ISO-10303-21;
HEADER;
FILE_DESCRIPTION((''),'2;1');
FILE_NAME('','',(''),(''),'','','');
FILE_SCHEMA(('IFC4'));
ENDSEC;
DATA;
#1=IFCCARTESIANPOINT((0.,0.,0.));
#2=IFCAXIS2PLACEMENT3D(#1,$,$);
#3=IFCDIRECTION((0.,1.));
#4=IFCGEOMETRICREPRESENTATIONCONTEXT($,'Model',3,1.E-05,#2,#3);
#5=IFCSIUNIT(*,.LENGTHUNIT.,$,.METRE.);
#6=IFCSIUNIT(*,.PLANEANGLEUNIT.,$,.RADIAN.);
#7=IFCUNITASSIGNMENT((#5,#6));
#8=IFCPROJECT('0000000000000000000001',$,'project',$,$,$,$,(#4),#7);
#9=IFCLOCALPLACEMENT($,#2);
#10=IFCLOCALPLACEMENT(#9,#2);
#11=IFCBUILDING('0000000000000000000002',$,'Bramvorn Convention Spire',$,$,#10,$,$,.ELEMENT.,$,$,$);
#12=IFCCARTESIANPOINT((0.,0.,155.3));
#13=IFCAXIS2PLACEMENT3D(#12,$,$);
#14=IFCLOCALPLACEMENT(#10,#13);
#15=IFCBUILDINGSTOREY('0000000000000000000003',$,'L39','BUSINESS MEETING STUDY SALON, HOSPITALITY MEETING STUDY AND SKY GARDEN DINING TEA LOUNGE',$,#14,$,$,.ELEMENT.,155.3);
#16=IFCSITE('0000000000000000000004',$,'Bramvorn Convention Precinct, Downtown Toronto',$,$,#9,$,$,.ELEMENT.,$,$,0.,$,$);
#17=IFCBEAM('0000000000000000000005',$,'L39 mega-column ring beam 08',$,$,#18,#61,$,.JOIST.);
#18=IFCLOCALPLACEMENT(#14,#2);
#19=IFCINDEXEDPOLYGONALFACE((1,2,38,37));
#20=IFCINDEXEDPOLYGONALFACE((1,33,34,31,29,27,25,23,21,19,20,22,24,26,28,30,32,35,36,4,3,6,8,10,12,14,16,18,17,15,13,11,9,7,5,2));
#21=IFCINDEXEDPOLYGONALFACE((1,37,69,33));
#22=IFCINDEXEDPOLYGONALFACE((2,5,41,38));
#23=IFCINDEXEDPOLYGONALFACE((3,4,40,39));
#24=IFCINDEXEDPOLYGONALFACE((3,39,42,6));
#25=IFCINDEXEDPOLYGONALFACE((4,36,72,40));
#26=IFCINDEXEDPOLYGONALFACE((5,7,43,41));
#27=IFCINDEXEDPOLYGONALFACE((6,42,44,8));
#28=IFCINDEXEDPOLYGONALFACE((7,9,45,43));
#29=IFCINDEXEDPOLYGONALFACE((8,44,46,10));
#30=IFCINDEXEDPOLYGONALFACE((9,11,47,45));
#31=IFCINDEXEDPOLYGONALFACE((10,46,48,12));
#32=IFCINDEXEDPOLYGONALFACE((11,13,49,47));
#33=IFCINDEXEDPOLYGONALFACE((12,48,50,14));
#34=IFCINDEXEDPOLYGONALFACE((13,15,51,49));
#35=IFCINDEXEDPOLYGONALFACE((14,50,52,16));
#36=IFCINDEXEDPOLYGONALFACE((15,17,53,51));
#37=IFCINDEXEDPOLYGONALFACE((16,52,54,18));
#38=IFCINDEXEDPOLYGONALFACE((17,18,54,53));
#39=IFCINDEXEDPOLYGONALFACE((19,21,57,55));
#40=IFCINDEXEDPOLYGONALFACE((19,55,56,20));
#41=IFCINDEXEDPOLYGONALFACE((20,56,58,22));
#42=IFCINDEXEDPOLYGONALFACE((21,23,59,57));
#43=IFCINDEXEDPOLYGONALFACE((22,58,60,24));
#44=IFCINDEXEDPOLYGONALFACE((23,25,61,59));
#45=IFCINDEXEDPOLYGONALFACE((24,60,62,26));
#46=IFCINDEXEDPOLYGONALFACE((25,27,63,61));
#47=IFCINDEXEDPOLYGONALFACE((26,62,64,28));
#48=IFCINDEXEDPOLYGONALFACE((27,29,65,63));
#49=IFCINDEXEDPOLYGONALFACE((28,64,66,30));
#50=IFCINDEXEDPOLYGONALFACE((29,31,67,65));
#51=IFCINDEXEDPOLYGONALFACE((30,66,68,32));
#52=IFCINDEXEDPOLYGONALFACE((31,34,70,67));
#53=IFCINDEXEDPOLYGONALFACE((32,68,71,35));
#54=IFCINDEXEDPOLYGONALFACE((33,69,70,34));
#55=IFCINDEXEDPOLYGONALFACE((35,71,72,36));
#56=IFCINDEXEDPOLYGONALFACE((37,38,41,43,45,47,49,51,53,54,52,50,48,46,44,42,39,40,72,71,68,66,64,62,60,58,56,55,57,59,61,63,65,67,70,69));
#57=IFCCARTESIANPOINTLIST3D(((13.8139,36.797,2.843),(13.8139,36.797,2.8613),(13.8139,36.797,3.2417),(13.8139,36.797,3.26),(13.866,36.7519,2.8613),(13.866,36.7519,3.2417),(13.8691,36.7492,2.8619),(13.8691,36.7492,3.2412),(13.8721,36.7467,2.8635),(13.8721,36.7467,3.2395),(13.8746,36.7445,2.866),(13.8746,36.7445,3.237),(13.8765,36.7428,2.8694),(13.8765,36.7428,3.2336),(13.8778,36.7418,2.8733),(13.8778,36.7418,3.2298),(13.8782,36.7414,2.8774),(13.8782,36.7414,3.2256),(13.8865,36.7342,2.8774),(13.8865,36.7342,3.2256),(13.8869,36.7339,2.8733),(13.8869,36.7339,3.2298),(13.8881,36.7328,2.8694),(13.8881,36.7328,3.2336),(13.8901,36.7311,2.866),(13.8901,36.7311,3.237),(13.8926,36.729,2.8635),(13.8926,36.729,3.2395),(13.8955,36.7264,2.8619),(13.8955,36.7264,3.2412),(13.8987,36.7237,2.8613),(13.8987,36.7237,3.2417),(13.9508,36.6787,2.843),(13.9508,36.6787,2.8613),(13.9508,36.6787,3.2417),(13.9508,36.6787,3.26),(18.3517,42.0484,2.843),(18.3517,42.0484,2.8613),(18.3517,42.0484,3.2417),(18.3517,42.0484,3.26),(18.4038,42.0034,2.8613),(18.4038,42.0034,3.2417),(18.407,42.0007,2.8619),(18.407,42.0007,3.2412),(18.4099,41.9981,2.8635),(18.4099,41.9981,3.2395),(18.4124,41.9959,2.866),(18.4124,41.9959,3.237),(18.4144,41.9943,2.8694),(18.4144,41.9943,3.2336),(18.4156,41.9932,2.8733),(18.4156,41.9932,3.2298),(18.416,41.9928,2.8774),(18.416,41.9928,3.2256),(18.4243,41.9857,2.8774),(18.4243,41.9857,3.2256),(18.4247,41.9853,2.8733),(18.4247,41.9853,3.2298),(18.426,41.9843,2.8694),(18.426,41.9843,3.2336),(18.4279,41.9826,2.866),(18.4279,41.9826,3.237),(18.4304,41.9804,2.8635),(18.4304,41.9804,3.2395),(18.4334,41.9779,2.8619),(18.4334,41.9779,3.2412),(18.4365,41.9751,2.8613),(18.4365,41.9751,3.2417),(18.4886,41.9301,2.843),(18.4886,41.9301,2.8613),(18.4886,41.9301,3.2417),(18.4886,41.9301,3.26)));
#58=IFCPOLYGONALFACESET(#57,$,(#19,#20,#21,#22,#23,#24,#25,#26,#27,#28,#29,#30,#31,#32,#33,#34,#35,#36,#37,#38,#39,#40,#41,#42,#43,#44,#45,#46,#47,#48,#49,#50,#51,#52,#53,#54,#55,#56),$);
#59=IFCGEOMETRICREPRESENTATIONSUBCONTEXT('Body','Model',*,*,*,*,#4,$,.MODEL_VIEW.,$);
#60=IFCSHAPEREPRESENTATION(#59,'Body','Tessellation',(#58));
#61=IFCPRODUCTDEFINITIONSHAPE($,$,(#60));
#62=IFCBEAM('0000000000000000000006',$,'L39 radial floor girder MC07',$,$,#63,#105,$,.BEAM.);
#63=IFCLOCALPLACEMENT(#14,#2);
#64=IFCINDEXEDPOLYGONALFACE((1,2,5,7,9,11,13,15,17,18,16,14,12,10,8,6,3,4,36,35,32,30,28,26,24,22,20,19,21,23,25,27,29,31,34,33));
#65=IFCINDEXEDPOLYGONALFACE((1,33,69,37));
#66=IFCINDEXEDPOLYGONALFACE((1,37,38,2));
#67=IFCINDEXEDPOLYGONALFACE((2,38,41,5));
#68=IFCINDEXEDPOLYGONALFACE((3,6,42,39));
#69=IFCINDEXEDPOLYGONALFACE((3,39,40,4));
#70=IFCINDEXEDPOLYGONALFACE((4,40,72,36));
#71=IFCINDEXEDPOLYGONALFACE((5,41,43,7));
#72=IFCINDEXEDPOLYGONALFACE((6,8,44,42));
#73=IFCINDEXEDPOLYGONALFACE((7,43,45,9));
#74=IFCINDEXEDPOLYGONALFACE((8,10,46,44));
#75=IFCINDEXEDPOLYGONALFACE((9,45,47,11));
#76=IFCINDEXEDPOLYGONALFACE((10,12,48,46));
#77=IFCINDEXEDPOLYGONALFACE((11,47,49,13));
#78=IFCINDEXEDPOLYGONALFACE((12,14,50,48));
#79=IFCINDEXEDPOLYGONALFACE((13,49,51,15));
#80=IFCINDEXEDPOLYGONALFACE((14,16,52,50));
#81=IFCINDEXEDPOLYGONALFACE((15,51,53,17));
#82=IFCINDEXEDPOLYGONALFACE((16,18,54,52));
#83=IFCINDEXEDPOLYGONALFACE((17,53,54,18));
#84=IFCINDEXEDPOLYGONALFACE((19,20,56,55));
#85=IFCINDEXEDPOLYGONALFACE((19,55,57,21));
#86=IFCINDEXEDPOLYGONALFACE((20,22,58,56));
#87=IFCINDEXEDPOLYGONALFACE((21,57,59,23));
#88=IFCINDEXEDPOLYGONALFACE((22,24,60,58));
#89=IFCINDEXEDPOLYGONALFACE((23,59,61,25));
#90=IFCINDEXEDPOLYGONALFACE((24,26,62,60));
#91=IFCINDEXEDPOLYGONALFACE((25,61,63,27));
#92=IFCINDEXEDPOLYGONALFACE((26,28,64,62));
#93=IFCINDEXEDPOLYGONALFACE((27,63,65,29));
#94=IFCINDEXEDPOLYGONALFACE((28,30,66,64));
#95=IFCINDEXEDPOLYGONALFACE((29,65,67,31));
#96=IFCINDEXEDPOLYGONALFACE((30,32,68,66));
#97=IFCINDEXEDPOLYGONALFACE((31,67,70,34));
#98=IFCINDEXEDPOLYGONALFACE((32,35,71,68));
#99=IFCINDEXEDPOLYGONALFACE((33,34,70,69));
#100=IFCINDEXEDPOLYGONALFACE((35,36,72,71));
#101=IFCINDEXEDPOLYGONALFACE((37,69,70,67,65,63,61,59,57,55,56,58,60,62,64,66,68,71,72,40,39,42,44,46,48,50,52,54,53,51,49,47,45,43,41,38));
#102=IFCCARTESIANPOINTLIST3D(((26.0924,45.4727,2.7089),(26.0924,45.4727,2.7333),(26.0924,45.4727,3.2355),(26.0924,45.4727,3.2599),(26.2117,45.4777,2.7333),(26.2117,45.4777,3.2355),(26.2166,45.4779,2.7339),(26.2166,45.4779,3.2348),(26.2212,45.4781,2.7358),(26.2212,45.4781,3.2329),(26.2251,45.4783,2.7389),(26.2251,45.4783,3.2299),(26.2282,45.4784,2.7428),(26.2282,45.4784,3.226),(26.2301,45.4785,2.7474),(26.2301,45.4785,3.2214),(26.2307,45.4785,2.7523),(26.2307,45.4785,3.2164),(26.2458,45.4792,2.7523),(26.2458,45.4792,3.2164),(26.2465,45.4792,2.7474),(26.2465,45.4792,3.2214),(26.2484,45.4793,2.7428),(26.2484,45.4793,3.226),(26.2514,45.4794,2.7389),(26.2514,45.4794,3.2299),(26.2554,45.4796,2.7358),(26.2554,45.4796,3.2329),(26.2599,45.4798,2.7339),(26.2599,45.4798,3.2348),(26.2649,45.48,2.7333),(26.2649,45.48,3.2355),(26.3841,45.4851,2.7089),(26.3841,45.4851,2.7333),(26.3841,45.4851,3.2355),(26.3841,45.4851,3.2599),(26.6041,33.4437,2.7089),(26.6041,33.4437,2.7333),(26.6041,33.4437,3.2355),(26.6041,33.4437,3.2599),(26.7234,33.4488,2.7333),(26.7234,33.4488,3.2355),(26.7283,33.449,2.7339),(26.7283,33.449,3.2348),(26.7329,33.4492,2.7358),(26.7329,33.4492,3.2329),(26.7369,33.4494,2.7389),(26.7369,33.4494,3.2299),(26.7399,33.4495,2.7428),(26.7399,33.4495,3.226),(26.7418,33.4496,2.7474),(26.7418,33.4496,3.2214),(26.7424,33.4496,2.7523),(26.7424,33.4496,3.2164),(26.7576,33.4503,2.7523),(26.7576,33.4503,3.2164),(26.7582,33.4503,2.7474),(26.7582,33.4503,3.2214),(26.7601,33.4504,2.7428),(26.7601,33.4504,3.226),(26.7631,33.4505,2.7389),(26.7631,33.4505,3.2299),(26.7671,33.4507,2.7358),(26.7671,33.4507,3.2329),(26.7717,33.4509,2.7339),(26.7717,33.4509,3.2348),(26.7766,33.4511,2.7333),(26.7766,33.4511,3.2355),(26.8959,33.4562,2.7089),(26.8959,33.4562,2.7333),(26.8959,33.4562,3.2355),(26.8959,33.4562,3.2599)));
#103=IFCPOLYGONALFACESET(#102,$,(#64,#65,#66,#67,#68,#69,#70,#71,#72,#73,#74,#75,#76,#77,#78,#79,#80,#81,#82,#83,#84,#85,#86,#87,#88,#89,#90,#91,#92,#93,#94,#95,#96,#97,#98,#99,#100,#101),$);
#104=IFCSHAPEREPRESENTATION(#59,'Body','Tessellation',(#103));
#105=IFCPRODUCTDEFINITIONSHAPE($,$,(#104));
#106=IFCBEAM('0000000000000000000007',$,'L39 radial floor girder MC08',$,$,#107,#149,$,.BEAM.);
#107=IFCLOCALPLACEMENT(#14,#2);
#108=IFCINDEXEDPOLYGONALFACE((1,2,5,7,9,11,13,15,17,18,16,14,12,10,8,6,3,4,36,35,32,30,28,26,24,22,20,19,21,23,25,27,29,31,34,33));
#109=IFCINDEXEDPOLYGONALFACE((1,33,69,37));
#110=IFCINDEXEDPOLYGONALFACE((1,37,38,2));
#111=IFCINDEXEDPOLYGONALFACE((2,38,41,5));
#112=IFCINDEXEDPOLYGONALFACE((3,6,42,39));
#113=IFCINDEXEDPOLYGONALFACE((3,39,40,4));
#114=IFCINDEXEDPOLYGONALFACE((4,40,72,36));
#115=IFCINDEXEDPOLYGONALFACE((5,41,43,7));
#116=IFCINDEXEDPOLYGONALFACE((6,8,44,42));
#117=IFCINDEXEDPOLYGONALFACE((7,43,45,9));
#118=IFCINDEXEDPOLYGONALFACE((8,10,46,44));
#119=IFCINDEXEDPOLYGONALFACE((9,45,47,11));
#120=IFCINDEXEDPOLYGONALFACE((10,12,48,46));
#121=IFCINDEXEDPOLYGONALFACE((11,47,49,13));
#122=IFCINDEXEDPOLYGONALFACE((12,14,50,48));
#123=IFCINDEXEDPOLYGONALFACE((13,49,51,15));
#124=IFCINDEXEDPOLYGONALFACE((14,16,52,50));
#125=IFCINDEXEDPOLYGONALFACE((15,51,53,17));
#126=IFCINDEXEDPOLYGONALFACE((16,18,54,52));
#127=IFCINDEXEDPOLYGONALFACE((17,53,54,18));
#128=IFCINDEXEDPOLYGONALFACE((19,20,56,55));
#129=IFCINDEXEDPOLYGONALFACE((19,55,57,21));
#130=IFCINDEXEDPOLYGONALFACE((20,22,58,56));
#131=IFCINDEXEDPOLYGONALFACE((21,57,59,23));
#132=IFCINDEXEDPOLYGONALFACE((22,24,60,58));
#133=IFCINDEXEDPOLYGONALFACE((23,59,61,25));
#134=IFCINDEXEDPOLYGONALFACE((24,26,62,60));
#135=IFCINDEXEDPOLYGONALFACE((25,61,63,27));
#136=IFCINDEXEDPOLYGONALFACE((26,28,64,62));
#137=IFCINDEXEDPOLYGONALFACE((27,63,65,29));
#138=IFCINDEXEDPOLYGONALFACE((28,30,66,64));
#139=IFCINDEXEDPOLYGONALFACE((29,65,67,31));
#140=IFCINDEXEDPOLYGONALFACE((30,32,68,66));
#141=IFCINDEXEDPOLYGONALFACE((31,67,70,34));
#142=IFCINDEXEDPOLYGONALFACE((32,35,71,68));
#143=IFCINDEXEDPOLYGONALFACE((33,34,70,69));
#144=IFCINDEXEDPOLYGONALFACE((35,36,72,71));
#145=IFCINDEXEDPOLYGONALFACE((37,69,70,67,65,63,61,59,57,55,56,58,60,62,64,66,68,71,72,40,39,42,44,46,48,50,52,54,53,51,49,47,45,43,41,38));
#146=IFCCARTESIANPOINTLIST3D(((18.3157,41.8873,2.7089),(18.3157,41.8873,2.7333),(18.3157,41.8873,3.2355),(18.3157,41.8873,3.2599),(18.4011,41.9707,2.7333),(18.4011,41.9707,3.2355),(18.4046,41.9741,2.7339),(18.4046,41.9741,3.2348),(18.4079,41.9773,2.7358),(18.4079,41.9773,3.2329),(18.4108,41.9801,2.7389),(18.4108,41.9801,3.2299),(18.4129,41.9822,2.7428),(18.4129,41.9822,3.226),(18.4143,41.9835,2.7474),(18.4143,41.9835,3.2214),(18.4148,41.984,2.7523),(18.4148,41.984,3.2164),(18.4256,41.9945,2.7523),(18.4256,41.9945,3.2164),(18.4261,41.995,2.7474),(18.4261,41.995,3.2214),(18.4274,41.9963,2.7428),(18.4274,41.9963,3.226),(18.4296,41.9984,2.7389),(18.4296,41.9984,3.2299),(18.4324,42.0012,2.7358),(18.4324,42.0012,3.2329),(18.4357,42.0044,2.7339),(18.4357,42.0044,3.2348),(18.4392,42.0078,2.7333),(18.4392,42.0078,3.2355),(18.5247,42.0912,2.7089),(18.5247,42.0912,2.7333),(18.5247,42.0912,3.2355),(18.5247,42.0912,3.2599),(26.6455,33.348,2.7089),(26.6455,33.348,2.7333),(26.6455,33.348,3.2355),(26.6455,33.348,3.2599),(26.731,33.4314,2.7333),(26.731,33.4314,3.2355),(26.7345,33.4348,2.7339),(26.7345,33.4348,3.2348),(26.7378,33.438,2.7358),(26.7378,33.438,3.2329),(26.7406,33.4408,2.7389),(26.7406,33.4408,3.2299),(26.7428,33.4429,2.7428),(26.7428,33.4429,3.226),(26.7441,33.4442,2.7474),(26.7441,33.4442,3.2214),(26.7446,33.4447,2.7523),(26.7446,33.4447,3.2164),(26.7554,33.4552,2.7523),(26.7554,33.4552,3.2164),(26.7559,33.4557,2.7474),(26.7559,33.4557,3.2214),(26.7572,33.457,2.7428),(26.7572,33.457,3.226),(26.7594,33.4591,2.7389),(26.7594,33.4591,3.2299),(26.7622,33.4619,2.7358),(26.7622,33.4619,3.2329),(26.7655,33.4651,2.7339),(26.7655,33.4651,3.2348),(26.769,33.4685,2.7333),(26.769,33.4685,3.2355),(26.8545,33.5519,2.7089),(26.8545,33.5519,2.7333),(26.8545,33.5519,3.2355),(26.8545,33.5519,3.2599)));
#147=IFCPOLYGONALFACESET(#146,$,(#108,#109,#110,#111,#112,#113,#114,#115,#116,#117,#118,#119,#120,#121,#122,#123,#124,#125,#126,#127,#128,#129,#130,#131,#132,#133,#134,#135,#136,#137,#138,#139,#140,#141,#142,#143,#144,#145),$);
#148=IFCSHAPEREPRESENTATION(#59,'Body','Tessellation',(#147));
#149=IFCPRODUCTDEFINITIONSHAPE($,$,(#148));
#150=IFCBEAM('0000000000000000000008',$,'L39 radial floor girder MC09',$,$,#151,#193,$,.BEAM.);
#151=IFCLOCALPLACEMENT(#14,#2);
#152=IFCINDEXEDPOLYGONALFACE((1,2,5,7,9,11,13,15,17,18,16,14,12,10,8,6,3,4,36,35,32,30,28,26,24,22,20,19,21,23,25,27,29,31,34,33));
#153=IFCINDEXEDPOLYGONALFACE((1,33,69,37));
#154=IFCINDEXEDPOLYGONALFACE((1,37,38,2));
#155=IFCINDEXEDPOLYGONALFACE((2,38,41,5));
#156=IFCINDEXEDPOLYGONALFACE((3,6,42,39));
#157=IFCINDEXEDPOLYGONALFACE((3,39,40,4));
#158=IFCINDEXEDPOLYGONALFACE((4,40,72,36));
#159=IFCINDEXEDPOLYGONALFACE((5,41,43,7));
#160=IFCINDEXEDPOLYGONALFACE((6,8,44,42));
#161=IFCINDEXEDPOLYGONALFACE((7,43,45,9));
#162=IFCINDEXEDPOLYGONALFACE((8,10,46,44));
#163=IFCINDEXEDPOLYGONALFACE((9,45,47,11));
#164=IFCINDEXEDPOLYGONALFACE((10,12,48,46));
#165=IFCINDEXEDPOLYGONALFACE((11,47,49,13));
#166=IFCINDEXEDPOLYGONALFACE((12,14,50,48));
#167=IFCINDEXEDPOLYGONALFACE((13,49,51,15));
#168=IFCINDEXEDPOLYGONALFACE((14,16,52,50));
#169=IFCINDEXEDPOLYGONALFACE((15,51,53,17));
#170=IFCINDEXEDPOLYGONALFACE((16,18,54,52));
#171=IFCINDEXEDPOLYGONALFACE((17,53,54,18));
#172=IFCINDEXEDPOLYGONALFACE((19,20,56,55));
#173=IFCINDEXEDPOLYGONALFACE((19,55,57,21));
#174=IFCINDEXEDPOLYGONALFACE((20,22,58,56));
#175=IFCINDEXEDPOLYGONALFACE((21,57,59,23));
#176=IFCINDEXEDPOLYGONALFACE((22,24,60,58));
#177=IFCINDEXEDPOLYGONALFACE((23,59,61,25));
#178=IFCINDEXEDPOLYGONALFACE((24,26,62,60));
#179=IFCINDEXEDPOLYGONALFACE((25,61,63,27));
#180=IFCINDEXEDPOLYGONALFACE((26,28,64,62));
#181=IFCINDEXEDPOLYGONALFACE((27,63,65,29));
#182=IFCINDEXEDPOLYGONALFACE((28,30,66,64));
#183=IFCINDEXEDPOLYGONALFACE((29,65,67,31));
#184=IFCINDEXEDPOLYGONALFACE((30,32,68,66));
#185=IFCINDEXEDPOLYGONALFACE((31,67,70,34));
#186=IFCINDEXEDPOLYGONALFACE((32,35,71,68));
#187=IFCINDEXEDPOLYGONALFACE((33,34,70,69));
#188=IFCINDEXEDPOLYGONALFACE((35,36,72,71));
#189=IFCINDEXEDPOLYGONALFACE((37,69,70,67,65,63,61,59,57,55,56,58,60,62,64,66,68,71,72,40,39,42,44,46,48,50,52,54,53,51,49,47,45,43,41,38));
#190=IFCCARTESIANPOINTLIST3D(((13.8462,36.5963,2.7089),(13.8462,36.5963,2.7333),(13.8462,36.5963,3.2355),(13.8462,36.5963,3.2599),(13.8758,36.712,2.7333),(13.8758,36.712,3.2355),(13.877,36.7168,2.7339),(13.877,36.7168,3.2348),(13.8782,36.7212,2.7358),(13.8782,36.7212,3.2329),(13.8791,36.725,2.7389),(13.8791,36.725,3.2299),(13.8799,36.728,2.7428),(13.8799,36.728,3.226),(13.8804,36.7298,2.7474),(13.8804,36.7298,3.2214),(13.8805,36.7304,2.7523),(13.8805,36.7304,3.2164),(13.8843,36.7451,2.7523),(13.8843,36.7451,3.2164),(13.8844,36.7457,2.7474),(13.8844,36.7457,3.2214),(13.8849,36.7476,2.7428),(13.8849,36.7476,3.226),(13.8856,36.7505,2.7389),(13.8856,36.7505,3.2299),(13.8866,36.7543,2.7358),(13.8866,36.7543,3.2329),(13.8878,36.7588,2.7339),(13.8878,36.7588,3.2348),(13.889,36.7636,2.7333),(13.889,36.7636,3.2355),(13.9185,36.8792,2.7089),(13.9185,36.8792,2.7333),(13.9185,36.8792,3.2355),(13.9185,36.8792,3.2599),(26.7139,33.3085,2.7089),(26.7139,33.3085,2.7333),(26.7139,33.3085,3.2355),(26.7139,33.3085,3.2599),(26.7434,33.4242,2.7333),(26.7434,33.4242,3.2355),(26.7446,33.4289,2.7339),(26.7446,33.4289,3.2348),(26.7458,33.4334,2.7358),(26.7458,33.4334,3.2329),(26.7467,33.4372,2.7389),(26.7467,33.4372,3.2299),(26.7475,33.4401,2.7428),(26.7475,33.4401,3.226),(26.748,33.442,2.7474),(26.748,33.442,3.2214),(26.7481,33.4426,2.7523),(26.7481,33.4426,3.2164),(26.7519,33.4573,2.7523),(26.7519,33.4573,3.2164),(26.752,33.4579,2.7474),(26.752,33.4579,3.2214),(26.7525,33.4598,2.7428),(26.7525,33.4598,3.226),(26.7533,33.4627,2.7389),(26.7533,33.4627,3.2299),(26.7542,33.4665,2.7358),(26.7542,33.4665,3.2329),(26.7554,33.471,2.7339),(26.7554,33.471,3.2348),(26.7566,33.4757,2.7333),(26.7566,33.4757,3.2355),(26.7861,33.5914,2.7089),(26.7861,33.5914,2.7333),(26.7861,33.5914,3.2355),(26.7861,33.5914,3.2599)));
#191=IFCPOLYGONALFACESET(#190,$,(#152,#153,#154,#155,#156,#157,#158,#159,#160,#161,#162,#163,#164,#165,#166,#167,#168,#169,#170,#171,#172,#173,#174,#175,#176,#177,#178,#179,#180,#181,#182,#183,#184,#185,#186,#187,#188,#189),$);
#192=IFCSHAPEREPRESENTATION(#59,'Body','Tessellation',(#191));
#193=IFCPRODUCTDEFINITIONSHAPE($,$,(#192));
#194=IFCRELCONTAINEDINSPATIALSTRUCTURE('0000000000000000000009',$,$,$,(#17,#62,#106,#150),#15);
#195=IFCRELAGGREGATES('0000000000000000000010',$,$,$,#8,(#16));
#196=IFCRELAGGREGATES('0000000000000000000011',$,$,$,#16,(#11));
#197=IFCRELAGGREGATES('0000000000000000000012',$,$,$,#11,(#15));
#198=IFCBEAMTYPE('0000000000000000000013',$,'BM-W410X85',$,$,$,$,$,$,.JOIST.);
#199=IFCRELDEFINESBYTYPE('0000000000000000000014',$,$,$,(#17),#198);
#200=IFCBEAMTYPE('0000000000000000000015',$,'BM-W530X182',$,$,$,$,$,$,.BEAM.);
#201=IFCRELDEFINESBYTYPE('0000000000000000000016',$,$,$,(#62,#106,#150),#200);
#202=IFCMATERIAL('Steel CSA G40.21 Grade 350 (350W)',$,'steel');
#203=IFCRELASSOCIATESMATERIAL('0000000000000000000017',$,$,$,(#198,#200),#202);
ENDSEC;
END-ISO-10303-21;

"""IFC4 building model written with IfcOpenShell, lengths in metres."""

from ifc_helpers import new_model, si_unit, direction, frame, origin, origin_2d, place, context, subcontext, project, spatial, i_section, extrude, material, material_profile, profile_set, type_object, element, save


model = new_model("IFC4")

# Units and contexts
model_context = context("Model", 3, precision=1e-05, world=origin(), true_north=direction((0.0, 1.0)))
body_context = subcontext(model_context, "Body", "Model", "MODEL_VIEW")
ifc_project = project(units=[si_unit("LENGTHUNIT", "METRE"), si_unit("PLANEANGLEUNIT", "RADIAN")], contexts=[model_context])

# Site, building, storey
site_placement = place(None, origin())
site = spatial("IfcSite", under=ifc_project, at=site_placement, Name="Bramvorn Convention Precinct, Downtown Toronto", CompositionType="ELEMENT", RefElevation=0.0)
building_placement = place(site_placement, origin())
building = spatial("IfcBuilding", under=site, at=building_placement, Name="Bramvorn Convention Spire", CompositionType="ELEMENT")
storey_placement = place(building_placement, frame((0.0, 0.0, 155.3)))
storey = spatial("IfcBuildingStorey", under=building, at=storey_placement, Name="L39", Description="BUSINESS MEETING STUDY SALON, HOSPITALITY MEETING STUDY AND SKY GARDEN DINING TEA LOUNGE", CompositionType="ELEMENT", Elevation=155.3)

# Shared definitions
ifc_material_1 = material(Name="Steel CSA G40.21 Grade 350 (350W)", Category="steel")

# Beams
ifc_material_profile_1 = material_profile(ifc_material_1, i_section(OverallWidth=0.1809, OverallDepth=0.417, WebThickness=0.011, FlangeThickness=0.0183, FilletRadius=0.0161, at=origin_2d()))
ifc_profile_set_1 = profile_set([ifc_material_profile_1], Name="Steel CSA G40.21 Grade 350 (350W) - W410X85")
beam_type_1 = type_object("IfcBeamType", Name="BM-W410X85", PredefinedType="JOIST", material=ifc_profile_set_1)
beam_1_placement = place(storey_placement, frame((18.4202, 41.9893, 3.0515), z_axis=(-0.653825, -0.756646, 0.0), x_axis=(0.756646, -0.653825, 0.0)))
element("IfcBeam", 1, at=beam_1_placement, inside=storey, type_object=beam_type_1, Name="L39 mega-column ring beam 08", PredefinedType="JOIST", context=body_context, shape_type="SweptSolid", body=[
    extrude(i_section(OverallWidth=0.1809, OverallDepth=0.417, WebThickness=0.011, FlangeThickness=0.0183, FilletRadius=0.0161, at=origin_2d()), origin(), (0.0, 0.0, 1.0), 6.9404),
])
ifc_material_profile_2 = material_profile(ifc_material_1, i_section(OverallWidth=0.292, OverallDepth=0.551, WebThickness=0.0151, FlangeThickness=0.0244, FilletRadius=0.019, at=origin_2d()))
ifc_profile_set_2 = profile_set([ifc_material_profile_2], Name="Steel CSA G40.21 Grade 350 (350W) - W530X182")
beam_type_2 = type_object("IfcBeamType", Name="BM-W530X182", PredefinedType="BEAM", material=ifc_profile_set_2)
beam_2_placement = place(storey_placement, frame((26.75, 33.45, 2.9844), z_axis=(-0.042503, 0.999096, 0.0), x_axis=(-0.999096, -0.042503, 0.0)))
element("IfcBeam", 2, at=beam_2_placement, inside=storey, type_object=beam_type_2, Name="L39 radial floor girder MC07", PredefinedType="BEAM", context=body_context, shape_type="SweptSolid", body=[
    extrude(i_section(OverallWidth=0.292, OverallDepth=0.551, WebThickness=0.0151, FlangeThickness=0.0244, FilletRadius=0.019, at=origin_2d()), origin(), (0.0, 0.0, 1.0), 12.0398),
])
beam_3_placement = place(storey_placement, frame((26.75, 33.45, 2.9844), z_axis=(-0.698272, 0.715832, 0.0), x_axis=(-0.715832, -0.698272, 0.0)))
element("IfcBeam", 3, at=beam_3_placement, inside=storey, type_object=beam_type_2, Name="L39 radial floor girder MC08", PredefinedType="BEAM", context=body_context, shape_type="SweptSolid", body=[
    extrude(i_section(OverallWidth=0.292, OverallDepth=0.551, WebThickness=0.0151, FlangeThickness=0.0244, FilletRadius=0.019, at=origin_2d()), origin(), (0.0, 0.0, 1.0), 11.9292),
])
beam_4_placement = place(storey_placement, frame((26.75, 33.45, 2.9844), z_axis=(-0.968873, 0.247558, 0.0), x_axis=(-0.247558, -0.968873, 0.0)))
element("IfcBeam", 4, at=beam_4_placement, inside=storey, type_object=beam_type_2, Name="L39 radial floor girder MC09", PredefinedType="BEAM", context=body_context, shape_type="SweptSolid", body=[
    extrude(i_section(OverallWidth=0.292, OverallDepth=0.551, WebThickness=0.0151, FlangeThickness=0.0244, FilletRadius=0.019, at=origin_2d()), origin(), (0.0, 0.0, 1.0), 13.281),
])

save(model, "model.ifc")
